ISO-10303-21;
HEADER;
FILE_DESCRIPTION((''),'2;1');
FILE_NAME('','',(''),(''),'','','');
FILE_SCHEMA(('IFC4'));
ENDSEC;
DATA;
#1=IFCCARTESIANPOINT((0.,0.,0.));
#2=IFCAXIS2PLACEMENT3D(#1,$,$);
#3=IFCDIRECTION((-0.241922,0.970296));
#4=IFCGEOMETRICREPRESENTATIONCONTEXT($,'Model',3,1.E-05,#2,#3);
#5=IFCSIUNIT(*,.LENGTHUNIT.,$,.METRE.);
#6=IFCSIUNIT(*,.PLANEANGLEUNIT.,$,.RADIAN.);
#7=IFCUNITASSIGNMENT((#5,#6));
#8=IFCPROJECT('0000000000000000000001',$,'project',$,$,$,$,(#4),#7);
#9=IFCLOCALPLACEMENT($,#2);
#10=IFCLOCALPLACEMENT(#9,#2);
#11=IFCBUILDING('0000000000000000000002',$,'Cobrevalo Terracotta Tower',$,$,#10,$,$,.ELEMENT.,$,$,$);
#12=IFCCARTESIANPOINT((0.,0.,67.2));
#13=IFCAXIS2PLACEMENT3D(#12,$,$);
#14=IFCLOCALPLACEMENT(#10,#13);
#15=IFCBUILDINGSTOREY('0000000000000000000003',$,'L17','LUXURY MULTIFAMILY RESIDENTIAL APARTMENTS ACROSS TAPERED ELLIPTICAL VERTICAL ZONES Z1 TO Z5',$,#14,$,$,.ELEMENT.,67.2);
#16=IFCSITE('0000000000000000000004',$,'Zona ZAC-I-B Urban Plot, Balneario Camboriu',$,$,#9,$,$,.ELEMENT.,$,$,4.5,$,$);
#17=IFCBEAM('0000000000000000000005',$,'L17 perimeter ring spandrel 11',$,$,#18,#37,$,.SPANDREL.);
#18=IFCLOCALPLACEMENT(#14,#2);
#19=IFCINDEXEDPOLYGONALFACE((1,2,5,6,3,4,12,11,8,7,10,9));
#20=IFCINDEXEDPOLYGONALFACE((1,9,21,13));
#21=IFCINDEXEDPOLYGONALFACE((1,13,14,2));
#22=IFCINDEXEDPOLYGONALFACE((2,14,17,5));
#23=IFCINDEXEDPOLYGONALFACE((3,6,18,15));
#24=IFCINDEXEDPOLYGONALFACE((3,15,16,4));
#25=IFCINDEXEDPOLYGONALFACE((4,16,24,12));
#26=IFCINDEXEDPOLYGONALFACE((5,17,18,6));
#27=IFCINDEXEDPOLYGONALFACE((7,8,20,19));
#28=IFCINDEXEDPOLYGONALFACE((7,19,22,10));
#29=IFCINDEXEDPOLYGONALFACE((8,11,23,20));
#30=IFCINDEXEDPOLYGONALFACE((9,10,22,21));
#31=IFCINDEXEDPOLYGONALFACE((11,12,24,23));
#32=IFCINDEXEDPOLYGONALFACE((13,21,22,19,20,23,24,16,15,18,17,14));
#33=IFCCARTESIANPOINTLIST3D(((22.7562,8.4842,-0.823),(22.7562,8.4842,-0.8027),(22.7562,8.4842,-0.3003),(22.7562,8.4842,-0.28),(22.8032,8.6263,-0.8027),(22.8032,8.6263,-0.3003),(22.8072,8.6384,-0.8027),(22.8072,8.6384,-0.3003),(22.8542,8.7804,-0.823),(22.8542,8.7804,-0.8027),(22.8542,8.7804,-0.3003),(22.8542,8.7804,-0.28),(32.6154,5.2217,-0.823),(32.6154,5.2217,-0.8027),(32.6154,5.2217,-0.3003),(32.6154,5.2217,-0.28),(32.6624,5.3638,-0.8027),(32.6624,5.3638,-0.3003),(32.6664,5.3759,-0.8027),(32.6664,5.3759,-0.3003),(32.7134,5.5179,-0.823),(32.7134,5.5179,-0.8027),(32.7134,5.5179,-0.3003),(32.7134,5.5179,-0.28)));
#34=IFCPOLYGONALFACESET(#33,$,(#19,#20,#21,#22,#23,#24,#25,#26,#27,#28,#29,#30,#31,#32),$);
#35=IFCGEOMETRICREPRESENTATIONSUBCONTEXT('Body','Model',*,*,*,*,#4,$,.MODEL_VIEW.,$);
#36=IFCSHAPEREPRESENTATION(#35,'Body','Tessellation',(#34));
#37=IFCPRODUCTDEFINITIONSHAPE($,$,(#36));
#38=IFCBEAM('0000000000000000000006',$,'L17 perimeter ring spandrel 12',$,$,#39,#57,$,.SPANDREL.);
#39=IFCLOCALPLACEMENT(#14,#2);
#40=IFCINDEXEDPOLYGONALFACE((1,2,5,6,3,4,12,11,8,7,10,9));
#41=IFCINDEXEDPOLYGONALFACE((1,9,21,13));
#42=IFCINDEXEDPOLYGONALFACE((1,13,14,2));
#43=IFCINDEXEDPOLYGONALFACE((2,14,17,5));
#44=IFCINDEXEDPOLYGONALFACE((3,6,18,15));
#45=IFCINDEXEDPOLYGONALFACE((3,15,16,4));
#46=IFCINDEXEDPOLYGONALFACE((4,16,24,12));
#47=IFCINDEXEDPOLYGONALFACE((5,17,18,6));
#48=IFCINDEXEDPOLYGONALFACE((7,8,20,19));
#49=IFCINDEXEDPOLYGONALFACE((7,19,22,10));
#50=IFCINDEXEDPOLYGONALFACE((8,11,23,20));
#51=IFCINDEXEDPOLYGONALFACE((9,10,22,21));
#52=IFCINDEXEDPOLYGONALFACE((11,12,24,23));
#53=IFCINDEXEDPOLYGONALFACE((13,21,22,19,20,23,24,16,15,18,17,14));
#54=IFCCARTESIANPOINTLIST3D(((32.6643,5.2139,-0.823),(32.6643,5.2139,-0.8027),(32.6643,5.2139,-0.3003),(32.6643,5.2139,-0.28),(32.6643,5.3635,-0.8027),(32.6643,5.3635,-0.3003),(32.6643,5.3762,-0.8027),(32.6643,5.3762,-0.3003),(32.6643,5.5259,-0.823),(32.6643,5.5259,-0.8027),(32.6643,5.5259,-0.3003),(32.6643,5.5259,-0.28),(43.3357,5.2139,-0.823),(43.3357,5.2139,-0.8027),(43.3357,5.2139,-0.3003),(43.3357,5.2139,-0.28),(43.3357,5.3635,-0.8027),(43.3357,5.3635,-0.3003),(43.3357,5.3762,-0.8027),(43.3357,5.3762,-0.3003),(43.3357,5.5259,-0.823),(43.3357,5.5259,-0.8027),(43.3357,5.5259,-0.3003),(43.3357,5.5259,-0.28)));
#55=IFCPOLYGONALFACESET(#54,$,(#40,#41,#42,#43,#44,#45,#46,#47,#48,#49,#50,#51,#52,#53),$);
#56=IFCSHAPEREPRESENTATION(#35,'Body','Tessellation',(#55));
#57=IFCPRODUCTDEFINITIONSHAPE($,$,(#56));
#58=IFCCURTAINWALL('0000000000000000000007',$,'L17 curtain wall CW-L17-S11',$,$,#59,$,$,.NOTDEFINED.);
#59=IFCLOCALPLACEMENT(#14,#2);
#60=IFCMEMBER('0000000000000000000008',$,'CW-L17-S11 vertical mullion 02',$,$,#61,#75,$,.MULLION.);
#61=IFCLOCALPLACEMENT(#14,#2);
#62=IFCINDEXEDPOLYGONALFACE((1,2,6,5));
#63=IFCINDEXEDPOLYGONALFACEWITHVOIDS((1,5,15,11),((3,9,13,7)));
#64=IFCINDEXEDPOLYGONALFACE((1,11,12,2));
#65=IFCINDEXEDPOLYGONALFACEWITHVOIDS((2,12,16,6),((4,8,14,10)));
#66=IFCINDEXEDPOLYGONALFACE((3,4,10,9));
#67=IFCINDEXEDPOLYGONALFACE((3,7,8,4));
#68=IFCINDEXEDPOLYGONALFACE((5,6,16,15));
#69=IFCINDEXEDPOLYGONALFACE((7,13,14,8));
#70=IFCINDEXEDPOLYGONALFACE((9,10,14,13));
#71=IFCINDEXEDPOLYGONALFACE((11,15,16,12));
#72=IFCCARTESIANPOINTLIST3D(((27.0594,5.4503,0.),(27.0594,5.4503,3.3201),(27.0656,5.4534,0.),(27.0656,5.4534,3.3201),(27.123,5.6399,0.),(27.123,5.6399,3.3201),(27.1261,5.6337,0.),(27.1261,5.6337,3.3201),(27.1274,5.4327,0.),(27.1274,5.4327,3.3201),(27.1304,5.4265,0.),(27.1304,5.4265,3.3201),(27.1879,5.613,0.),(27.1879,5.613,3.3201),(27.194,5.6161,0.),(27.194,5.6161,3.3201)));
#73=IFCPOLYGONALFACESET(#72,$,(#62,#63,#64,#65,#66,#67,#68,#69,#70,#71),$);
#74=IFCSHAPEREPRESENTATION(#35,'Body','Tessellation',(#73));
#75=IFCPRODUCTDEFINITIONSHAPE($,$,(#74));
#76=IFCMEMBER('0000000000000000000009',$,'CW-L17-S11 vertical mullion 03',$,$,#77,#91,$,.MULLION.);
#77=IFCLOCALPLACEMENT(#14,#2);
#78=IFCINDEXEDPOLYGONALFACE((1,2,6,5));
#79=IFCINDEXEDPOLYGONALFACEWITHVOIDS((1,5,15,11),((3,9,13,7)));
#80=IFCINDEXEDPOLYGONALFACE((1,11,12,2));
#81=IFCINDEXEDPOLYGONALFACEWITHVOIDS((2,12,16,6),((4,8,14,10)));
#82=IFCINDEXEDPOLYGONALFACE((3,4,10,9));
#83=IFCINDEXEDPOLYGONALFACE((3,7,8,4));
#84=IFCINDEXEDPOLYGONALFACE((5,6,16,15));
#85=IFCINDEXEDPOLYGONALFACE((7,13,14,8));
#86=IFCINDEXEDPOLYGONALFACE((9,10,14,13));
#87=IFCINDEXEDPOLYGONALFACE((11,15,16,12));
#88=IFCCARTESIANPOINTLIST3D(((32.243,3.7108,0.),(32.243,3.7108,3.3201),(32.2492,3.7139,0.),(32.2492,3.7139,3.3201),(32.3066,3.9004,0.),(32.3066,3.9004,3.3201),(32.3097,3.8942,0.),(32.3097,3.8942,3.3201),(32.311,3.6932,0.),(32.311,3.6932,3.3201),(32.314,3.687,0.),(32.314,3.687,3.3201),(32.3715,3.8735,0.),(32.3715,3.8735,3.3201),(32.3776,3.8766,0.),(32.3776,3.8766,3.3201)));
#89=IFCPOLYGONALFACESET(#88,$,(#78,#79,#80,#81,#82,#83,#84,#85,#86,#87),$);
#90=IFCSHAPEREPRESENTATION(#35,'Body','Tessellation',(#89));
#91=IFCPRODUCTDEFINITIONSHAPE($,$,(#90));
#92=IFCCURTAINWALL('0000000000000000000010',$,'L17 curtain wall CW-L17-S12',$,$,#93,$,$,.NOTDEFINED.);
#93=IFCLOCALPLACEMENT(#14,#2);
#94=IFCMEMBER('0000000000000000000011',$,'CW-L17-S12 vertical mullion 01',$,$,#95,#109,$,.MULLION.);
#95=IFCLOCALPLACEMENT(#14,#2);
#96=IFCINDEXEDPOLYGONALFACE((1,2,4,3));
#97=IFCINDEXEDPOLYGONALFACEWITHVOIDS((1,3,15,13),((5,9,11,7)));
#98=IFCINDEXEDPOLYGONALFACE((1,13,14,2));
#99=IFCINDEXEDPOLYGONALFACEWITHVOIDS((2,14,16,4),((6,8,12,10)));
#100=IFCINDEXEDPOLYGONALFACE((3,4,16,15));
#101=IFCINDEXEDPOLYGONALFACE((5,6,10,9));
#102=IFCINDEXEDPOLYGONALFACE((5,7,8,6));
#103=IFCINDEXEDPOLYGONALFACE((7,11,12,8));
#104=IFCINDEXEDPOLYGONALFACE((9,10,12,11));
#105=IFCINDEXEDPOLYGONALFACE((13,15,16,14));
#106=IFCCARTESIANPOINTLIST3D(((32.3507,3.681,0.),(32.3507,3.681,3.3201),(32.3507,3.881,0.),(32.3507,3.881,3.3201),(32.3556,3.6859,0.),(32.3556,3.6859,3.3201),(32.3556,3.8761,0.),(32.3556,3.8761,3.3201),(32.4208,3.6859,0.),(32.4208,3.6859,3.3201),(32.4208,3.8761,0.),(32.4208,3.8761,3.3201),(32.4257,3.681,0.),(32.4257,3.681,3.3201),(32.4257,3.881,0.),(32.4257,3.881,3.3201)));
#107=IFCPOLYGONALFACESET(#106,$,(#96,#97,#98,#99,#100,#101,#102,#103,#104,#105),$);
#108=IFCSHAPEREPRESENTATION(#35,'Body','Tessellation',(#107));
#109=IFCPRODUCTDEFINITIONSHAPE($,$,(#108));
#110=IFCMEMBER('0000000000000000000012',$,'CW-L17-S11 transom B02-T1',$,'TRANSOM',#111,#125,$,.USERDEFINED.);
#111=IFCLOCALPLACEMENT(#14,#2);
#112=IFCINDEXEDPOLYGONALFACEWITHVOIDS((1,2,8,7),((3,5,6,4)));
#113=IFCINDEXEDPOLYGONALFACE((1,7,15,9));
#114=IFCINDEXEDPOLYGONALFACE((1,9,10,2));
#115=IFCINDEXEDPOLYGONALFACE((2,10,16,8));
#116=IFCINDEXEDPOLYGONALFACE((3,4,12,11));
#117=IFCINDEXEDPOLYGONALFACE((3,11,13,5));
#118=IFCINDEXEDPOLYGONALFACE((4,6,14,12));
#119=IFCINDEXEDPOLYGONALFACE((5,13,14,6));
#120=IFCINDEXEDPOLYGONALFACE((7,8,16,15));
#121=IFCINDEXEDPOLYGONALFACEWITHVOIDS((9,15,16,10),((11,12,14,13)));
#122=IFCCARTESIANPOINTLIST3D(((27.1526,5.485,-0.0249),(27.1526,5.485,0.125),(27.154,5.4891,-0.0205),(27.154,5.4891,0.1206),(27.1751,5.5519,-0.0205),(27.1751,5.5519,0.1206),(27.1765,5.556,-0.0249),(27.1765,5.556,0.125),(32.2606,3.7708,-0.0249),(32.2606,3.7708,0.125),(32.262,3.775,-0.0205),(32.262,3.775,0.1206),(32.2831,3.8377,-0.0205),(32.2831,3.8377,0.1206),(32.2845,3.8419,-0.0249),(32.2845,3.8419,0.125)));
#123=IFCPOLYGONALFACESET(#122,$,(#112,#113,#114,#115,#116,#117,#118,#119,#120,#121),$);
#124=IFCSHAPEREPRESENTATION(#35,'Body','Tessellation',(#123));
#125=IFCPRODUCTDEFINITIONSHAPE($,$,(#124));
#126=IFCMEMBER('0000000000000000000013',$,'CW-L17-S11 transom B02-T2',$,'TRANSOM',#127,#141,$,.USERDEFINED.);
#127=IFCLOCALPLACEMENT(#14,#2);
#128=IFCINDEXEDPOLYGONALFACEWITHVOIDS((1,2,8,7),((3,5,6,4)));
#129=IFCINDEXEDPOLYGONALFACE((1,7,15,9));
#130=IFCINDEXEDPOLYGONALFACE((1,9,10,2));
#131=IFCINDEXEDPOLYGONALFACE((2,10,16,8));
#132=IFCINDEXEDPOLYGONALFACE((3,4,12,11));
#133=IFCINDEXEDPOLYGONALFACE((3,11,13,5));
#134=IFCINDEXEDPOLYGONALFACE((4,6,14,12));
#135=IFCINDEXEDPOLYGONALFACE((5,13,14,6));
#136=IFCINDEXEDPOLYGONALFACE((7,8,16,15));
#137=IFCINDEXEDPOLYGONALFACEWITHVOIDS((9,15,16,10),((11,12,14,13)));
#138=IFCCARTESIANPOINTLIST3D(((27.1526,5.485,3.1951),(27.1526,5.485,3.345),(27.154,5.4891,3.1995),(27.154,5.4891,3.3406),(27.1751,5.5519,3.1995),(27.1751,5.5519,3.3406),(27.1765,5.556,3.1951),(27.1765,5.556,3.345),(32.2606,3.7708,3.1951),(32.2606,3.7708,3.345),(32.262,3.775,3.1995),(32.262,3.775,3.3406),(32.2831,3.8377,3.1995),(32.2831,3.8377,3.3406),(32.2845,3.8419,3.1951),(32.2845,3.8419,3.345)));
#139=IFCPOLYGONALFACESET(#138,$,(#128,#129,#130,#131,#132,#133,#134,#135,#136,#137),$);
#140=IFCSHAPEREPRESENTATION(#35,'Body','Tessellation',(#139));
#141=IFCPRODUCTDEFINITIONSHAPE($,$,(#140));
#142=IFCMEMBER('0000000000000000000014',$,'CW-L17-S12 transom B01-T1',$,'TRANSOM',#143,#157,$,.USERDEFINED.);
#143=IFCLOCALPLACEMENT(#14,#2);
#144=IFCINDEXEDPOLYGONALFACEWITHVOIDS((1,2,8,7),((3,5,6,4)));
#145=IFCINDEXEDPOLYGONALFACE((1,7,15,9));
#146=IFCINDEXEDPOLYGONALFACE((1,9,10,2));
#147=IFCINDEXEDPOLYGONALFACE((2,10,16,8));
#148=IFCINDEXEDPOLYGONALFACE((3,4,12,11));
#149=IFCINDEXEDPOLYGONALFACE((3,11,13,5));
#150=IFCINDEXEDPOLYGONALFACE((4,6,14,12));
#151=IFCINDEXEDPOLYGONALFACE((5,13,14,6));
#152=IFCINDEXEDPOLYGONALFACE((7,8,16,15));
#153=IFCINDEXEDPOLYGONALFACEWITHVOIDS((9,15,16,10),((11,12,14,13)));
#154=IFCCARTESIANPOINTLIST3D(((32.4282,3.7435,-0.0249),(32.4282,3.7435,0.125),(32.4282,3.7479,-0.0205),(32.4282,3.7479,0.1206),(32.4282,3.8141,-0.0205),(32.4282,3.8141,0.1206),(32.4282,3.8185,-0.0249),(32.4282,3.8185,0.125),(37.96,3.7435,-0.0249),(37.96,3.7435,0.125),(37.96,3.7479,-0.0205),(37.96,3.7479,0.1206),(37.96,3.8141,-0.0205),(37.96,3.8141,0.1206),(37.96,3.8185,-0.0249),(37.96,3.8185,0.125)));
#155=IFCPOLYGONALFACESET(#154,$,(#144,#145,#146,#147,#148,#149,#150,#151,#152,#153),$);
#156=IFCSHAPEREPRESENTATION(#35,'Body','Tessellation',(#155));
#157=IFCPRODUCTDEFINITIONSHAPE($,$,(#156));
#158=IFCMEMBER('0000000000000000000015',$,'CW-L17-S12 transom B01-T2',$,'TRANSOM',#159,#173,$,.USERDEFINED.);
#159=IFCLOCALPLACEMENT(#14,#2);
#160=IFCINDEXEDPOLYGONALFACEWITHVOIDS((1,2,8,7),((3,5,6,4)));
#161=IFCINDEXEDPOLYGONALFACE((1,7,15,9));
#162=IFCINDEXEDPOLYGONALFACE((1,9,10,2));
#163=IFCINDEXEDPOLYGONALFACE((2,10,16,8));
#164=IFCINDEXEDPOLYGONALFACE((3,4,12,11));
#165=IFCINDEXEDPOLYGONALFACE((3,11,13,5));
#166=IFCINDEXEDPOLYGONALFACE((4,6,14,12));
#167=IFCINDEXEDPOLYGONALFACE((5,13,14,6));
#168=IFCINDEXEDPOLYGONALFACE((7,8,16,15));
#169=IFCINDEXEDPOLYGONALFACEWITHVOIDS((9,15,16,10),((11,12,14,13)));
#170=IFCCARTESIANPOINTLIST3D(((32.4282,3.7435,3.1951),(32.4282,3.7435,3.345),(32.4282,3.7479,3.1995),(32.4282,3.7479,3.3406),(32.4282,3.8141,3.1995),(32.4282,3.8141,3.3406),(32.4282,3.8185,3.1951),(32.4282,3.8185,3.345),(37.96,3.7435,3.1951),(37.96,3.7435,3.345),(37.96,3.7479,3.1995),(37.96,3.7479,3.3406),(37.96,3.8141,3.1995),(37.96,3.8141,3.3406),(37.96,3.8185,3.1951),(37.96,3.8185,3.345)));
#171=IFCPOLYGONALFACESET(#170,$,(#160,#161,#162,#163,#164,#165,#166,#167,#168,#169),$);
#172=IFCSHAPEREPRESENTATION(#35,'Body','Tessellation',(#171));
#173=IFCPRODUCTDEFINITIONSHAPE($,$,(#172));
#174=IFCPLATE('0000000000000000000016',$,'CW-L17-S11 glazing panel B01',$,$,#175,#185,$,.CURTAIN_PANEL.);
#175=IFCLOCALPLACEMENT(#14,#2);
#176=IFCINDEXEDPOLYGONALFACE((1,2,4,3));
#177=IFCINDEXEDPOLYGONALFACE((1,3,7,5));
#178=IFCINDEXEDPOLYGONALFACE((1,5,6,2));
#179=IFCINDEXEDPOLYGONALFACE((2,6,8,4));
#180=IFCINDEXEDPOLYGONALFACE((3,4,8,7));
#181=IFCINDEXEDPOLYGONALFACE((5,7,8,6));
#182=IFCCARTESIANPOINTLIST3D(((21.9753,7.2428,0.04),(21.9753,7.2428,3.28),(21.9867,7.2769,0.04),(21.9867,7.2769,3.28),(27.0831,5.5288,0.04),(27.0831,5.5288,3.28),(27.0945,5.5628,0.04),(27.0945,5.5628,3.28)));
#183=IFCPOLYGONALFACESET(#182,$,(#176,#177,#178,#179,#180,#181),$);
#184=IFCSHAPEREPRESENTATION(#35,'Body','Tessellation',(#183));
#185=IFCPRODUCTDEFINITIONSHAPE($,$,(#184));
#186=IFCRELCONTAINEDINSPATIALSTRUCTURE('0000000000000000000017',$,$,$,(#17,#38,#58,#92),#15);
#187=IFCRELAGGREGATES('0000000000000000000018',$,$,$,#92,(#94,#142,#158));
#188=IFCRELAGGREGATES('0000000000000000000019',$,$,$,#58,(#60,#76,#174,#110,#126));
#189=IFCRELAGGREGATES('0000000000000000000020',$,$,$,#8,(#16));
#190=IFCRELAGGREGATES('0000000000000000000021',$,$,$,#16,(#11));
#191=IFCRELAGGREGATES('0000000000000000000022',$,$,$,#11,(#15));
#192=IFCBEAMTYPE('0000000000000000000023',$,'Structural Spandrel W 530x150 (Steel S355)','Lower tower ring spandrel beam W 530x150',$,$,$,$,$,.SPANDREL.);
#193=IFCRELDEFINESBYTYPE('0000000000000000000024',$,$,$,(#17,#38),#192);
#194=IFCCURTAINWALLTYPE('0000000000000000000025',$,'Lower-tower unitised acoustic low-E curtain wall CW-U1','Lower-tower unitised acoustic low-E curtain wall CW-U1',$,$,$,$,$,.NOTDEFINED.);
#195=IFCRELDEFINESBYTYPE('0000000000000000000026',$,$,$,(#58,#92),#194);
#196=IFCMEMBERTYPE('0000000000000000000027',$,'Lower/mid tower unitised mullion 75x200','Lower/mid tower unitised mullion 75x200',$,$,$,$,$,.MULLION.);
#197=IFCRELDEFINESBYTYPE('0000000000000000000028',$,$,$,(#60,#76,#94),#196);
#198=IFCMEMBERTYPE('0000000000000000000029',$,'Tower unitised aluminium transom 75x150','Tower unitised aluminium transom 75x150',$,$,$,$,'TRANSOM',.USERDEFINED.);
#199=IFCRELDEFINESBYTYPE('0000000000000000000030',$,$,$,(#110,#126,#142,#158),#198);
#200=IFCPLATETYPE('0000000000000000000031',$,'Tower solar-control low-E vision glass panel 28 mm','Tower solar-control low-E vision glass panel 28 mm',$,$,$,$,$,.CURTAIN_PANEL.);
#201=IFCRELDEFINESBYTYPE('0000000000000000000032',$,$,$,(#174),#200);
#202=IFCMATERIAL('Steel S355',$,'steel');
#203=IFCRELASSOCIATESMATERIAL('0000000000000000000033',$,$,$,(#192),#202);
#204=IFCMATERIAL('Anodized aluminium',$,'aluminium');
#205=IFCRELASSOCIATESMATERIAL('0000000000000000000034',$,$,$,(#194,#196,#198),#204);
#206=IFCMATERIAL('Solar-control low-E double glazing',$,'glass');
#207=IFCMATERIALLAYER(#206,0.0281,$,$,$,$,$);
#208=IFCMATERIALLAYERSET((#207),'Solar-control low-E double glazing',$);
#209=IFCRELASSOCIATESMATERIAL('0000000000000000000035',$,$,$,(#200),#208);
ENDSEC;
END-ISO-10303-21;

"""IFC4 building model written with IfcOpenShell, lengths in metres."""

from ifc_helpers import new_model, si_unit, direction, frame, origin, origin_2d, place, context, subcontext, project, spatial, rectangle, hollow_rectangle, i_section, extrude, source, transform, mapped, material, layer, layer_set, material_profile, profile_set, type_object, element, aggregate, save


model = new_model("IFC4")

# Units and contexts
model_context = context("Model", 3, precision=1e-05, world=origin(), true_north=direction((-0.241922, 0.970296)))
body_context = subcontext(model_context, "Body", "Model", "MODEL_VIEW")
ifc_project = project(units=[si_unit("LENGTHUNIT", "METRE"), si_unit("PLANEANGLEUNIT", "RADIAN")], contexts=[model_context])

# Site, building, storey
site_placement = place(None, origin())
site = spatial("IfcSite", under=ifc_project, at=site_placement, Name="Zona ZAC-I-B Urban Plot, Balneario Camboriu", CompositionType="ELEMENT", RefElevation=4.5)
building_placement = place(site_placement, origin())
building = spatial("IfcBuilding", under=site, at=building_placement, Name="Cobrevalo Terracotta Tower", CompositionType="ELEMENT")
storey_placement = place(building_placement, frame((0.0, 0.0, 67.2)))
storey = spatial("IfcBuildingStorey", under=building, at=storey_placement, Name="L17", Description="LUXURY MULTIFAMILY RESIDENTIAL APARTMENTS ACROSS TAPERED ELLIPTICAL VERTICAL ZONES Z1 TO Z5", CompositionType="ELEMENT", Elevation=67.2)

# Shared definitions
ifc_material_1 = material(Name="Steel S355", Category="steel")

# Beams
ifc_material_profile_1 = material_profile(ifc_material_1, i_section(OverallWidth=0.312, OverallDepth=0.543, WebThickness=0.0127, FlangeThickness=0.0203, at=origin_2d()), Name="W 530x150")
ifc_profile_set_1 = profile_set([ifc_material_profile_1], Name="Steel S355")
beam_type_1 = type_object("IfcBeamType", Name="Structural Spandrel W 530x150 (Steel S355)", Description="Lower tower ring spandrel beam W 530x150", PredefinedType="SPANDREL", material=ifc_profile_set_1)
beam_1_placement = place(storey_placement, frame((22.8052, 8.6323, -0.5515), z_axis=(0.949372, -0.314153, 0.0), x_axis=(0.314153, 0.949372, 0.0)))
element("IfcBeam", 1, at=beam_1_placement, inside=storey, type_object=beam_type_1, Name="L17 perimeter ring spandrel 11", PredefinedType="SPANDREL", context=body_context, shape_type="SweptSolid", body=[
    extrude(i_section(OverallWidth=0.312, OverallDepth=0.543, WebThickness=0.0127, FlangeThickness=0.0203, at=origin_2d()), origin(), (0.0, 0.0, 1.0), 10.385),
])
beam_2_placement = place(storey_placement, frame((32.6643, 5.3699, -0.5515), z_axis=(1.0, 0.0, 0.0), x_axis=(0.0, 1.0, 0.0)))
element("IfcBeam", 2, at=beam_2_placement, inside=storey, type_object=beam_type_1, Name="L17 perimeter ring spandrel 12", PredefinedType="SPANDREL", context=body_context, shape_type="SweptSolid", body=[
    extrude(i_section(OverallWidth=0.312, OverallDepth=0.543, WebThickness=0.0127, FlangeThickness=0.0203, at=origin_2d()), origin(), (0.0, 0.0, 1.0), 10.6714),
])

# Curtain wall, members
ifc_material_2 = material(Name="Anodized aluminium", Category="aluminium")
curtain_wall_type = type_object("IfcCurtainWallType", Name="Lower-tower unitised acoustic low-E curtain wall CW-U1", Description="Lower-tower unitised acoustic low-E curtain wall CW-U1", PredefinedType="NOTDEFINED", material=ifc_material_2)
curtain_wall_1_placement = place(storey_placement, origin())
curtain_wall_1 = element("IfcCurtainWall", 3, at=curtain_wall_1_placement, inside=storey, type_object=curtain_wall_type, Name="L17 curtain wall CW-L17-S11", PredefinedType="NOTDEFINED")
ifc_material_profile_2 = material_profile(ifc_material_2, hollow_rectangle(XDim=0.075, YDim=0.2, WallThickness=0.0049, at=origin_2d()), Name="CWM 75x200")
ifc_profile_set_2 = profile_set([ifc_material_profile_2], Name="Anodized aluminium")
member_type_1 = type_object("IfcMemberType", Name="Lower/mid tower unitised mullion 75x200", Description="Lower/mid tower unitised mullion 75x200", PredefinedType="MULLION", material=ifc_profile_set_2)
shared_shape_1 = source(origin(), body_context, "Body", "SweptSolid", [
    extrude(hollow_rectangle(XDim=0.075, YDim=0.2, WallThickness=0.0049, at=origin_2d()), origin(), (0.0, 0.0, 1.0), 3.3201),
])
member_1_placement = place(storey_placement, frame((27.1267, 5.5332, 0.0), z_axis=(0.0, 0.0, 1.0), x_axis=(0.948046, -0.318132, 0.0)))
member_1 = element("IfcMember", 4, at=member_1_placement, type_object=member_type_1, Name="CW-L17-S11 vertical mullion 02", PredefinedType="MULLION", context=body_context, shape_type="MappedRepresentation", body=[
    mapped(shared_shape_1, transform((0.0, 0.0, 0.0), scale=1.0)),
])
member_2_placement = place(storey_placement, frame((32.3103, 3.7937, 0.0), z_axis=(0.0, 0.0, 1.0), x_axis=(0.948046, -0.318132, 0.0)))
member_2 = element("IfcMember", 5, at=member_2_placement, type_object=member_type_1, Name="CW-L17-S11 vertical mullion 03", PredefinedType="MULLION", context=body_context, shape_type="MappedRepresentation", body=[
    mapped(shared_shape_1, transform((0.0, 0.0, 0.0), scale=1.0)),
])

# Curtain wall, member
curtain_wall_2_placement = place(storey_placement, origin())
curtain_wall_2 = element("IfcCurtainWall", 6, at=curtain_wall_2_placement, inside=storey, type_object=curtain_wall_type, Name="L17 curtain wall CW-L17-S12", PredefinedType="NOTDEFINED")
member_3_placement = place(storey_placement, frame((32.3882, 3.781, 0.0), z_axis=(0.0, 0.0, 1.0), x_axis=(1.0, 0.0, 0.0)))
member_3 = element("IfcMember", 7, at=member_3_placement, type_object=member_type_1, Name="CW-L17-S12 vertical mullion 01", PredefinedType="MULLION", context=body_context, shape_type="MappedRepresentation", body=[
    mapped(shared_shape_1, transform((0.0, 0.0, 0.0), scale=1.0)),
])

# Members
ifc_material_profile_3 = material_profile(ifc_material_2, hollow_rectangle(XDim=0.075, YDim=0.1499, WallThickness=0.0044, at=origin_2d()), Name="CWT 75x150")
ifc_profile_set_3 = profile_set([ifc_material_profile_3], Name="Anodized aluminium")
member_type_2 = type_object("IfcMemberType", Name="Tower unitised aluminium transom 75x150", Description="Tower unitised aluminium transom 75x150", ElementType="TRANSOM", PredefinedType="USERDEFINED", material=ifc_profile_set_3)
shared_shape_2 = source(origin(), body_context, "Body", "SweptSolid", [
    extrude(hollow_rectangle(XDim=0.075, YDim=0.1499, WallThickness=0.0044, at=origin_2d()), origin(), (0.0, 0.0, 1.0), 5.3879),
])
member_4_placement = place(storey_placement, frame((27.1646, 5.5205, 0.05), z_axis=(0.948042, -0.318144, 0.0), x_axis=(0.318144, 0.948042, 0.0)))
member_4 = element("IfcMember", 8, at=member_4_placement, type_object=member_type_2, Name="CW-L17-S11 transom B02-T1", ObjectType="TRANSOM", PredefinedType="USERDEFINED", context=body_context, shape_type="MappedRepresentation", body=[
    mapped(shared_shape_2, transform((0.0, 0.0, 0.0), scale=1.0)),
])
member_5_placement = place(storey_placement, frame((27.1646, 5.5205, 3.27), z_axis=(0.948042, -0.318144, 0.0), x_axis=(0.318144, 0.948042, 0.0)))
member_5 = element("IfcMember", 9, at=member_5_placement, type_object=member_type_2, Name="CW-L17-S11 transom B02-T2", ObjectType="TRANSOM", PredefinedType="USERDEFINED", context=body_context, shape_type="MappedRepresentation", body=[
    mapped(shared_shape_2, transform((0.0, 0.0, 0.0), scale=1.0)),
])
shared_shape_3 = source(origin(), body_context, "Body", "SweptSolid", [
    extrude(hollow_rectangle(XDim=0.075, YDim=0.1499, WallThickness=0.0044, at=origin_2d()), origin(), (0.0, 0.0, 1.0), 5.5317),
])
member_6_placement = place(storey_placement, frame((32.4282, 3.781, 0.05), z_axis=(1.0, 0.0, 0.0), x_axis=(0.0, 1.0, 0.0)))
member_6 = element("IfcMember", 10, at=member_6_placement, type_object=member_type_2, Name="CW-L17-S12 transom B01-T1", ObjectType="TRANSOM", PredefinedType="USERDEFINED", context=body_context, shape_type="MappedRepresentation", body=[
    mapped(shared_shape_3, transform((0.0, 0.0, 0.0), scale=1.0)),
])
member_7_placement = place(storey_placement, frame((32.4282, 3.781, 3.27), z_axis=(1.0, 0.0, 0.0), x_axis=(0.0, 1.0, 0.0)))
member_7 = element("IfcMember", 11, at=member_7_placement, type_object=member_type_2, Name="CW-L17-S12 transom B01-T2", ObjectType="TRANSOM", PredefinedType="USERDEFINED", context=body_context, shape_type="MappedRepresentation", body=[
    mapped(shared_shape_3, transform((0.0, 0.0, 0.0), scale=1.0)),
])
aggregate(curtain_wall_2, [member_3, member_6, member_7])

# Plate
ifc_material_3 = material(Name="Solar-control low-E double glazing", Category="glass")
ifc_layer_1 = layer(ifc_material_3, 0.0281)
ifc_layer_set_1 = layer_set([ifc_layer_1], Name="Solar-control low-E double glazing")
plate_type = type_object("IfcPlateType", Name="Tower solar-control low-E vision glass panel 28 mm", Description="Tower solar-control low-E vision glass panel 28 mm", PredefinedType="CURTAIN_PANEL", material=ifc_layer_set_1)
shared_shape_4 = source(origin(), body_context, "Body", "SweptSolid", [
    extrude(rectangle(XDim=5.3877, YDim=0.0359, at=origin_2d()), origin(), (0.0, 0.0, 1.0), 3.24),
])
plate_1_placement = place(storey_placement, frame((24.5349, 6.4028, 0.04), z_axis=(0.0, 0.0, 1.0), x_axis=(0.948044, -0.318139, 0.0)))
plate_1 = element("IfcPlate", 12, at=plate_1_placement, type_object=plate_type, Name="CW-L17-S11 glazing panel B01", PredefinedType="CURTAIN_PANEL", context=body_context, shape_type="MappedRepresentation", body=[
    mapped(shared_shape_4, transform((0.0, 0.0, 0.0), scale=1.0)),
])
aggregate(curtain_wall_1, [member_1, member_2, plate_1, member_4, member_5])

save(model, "model.ifc")
